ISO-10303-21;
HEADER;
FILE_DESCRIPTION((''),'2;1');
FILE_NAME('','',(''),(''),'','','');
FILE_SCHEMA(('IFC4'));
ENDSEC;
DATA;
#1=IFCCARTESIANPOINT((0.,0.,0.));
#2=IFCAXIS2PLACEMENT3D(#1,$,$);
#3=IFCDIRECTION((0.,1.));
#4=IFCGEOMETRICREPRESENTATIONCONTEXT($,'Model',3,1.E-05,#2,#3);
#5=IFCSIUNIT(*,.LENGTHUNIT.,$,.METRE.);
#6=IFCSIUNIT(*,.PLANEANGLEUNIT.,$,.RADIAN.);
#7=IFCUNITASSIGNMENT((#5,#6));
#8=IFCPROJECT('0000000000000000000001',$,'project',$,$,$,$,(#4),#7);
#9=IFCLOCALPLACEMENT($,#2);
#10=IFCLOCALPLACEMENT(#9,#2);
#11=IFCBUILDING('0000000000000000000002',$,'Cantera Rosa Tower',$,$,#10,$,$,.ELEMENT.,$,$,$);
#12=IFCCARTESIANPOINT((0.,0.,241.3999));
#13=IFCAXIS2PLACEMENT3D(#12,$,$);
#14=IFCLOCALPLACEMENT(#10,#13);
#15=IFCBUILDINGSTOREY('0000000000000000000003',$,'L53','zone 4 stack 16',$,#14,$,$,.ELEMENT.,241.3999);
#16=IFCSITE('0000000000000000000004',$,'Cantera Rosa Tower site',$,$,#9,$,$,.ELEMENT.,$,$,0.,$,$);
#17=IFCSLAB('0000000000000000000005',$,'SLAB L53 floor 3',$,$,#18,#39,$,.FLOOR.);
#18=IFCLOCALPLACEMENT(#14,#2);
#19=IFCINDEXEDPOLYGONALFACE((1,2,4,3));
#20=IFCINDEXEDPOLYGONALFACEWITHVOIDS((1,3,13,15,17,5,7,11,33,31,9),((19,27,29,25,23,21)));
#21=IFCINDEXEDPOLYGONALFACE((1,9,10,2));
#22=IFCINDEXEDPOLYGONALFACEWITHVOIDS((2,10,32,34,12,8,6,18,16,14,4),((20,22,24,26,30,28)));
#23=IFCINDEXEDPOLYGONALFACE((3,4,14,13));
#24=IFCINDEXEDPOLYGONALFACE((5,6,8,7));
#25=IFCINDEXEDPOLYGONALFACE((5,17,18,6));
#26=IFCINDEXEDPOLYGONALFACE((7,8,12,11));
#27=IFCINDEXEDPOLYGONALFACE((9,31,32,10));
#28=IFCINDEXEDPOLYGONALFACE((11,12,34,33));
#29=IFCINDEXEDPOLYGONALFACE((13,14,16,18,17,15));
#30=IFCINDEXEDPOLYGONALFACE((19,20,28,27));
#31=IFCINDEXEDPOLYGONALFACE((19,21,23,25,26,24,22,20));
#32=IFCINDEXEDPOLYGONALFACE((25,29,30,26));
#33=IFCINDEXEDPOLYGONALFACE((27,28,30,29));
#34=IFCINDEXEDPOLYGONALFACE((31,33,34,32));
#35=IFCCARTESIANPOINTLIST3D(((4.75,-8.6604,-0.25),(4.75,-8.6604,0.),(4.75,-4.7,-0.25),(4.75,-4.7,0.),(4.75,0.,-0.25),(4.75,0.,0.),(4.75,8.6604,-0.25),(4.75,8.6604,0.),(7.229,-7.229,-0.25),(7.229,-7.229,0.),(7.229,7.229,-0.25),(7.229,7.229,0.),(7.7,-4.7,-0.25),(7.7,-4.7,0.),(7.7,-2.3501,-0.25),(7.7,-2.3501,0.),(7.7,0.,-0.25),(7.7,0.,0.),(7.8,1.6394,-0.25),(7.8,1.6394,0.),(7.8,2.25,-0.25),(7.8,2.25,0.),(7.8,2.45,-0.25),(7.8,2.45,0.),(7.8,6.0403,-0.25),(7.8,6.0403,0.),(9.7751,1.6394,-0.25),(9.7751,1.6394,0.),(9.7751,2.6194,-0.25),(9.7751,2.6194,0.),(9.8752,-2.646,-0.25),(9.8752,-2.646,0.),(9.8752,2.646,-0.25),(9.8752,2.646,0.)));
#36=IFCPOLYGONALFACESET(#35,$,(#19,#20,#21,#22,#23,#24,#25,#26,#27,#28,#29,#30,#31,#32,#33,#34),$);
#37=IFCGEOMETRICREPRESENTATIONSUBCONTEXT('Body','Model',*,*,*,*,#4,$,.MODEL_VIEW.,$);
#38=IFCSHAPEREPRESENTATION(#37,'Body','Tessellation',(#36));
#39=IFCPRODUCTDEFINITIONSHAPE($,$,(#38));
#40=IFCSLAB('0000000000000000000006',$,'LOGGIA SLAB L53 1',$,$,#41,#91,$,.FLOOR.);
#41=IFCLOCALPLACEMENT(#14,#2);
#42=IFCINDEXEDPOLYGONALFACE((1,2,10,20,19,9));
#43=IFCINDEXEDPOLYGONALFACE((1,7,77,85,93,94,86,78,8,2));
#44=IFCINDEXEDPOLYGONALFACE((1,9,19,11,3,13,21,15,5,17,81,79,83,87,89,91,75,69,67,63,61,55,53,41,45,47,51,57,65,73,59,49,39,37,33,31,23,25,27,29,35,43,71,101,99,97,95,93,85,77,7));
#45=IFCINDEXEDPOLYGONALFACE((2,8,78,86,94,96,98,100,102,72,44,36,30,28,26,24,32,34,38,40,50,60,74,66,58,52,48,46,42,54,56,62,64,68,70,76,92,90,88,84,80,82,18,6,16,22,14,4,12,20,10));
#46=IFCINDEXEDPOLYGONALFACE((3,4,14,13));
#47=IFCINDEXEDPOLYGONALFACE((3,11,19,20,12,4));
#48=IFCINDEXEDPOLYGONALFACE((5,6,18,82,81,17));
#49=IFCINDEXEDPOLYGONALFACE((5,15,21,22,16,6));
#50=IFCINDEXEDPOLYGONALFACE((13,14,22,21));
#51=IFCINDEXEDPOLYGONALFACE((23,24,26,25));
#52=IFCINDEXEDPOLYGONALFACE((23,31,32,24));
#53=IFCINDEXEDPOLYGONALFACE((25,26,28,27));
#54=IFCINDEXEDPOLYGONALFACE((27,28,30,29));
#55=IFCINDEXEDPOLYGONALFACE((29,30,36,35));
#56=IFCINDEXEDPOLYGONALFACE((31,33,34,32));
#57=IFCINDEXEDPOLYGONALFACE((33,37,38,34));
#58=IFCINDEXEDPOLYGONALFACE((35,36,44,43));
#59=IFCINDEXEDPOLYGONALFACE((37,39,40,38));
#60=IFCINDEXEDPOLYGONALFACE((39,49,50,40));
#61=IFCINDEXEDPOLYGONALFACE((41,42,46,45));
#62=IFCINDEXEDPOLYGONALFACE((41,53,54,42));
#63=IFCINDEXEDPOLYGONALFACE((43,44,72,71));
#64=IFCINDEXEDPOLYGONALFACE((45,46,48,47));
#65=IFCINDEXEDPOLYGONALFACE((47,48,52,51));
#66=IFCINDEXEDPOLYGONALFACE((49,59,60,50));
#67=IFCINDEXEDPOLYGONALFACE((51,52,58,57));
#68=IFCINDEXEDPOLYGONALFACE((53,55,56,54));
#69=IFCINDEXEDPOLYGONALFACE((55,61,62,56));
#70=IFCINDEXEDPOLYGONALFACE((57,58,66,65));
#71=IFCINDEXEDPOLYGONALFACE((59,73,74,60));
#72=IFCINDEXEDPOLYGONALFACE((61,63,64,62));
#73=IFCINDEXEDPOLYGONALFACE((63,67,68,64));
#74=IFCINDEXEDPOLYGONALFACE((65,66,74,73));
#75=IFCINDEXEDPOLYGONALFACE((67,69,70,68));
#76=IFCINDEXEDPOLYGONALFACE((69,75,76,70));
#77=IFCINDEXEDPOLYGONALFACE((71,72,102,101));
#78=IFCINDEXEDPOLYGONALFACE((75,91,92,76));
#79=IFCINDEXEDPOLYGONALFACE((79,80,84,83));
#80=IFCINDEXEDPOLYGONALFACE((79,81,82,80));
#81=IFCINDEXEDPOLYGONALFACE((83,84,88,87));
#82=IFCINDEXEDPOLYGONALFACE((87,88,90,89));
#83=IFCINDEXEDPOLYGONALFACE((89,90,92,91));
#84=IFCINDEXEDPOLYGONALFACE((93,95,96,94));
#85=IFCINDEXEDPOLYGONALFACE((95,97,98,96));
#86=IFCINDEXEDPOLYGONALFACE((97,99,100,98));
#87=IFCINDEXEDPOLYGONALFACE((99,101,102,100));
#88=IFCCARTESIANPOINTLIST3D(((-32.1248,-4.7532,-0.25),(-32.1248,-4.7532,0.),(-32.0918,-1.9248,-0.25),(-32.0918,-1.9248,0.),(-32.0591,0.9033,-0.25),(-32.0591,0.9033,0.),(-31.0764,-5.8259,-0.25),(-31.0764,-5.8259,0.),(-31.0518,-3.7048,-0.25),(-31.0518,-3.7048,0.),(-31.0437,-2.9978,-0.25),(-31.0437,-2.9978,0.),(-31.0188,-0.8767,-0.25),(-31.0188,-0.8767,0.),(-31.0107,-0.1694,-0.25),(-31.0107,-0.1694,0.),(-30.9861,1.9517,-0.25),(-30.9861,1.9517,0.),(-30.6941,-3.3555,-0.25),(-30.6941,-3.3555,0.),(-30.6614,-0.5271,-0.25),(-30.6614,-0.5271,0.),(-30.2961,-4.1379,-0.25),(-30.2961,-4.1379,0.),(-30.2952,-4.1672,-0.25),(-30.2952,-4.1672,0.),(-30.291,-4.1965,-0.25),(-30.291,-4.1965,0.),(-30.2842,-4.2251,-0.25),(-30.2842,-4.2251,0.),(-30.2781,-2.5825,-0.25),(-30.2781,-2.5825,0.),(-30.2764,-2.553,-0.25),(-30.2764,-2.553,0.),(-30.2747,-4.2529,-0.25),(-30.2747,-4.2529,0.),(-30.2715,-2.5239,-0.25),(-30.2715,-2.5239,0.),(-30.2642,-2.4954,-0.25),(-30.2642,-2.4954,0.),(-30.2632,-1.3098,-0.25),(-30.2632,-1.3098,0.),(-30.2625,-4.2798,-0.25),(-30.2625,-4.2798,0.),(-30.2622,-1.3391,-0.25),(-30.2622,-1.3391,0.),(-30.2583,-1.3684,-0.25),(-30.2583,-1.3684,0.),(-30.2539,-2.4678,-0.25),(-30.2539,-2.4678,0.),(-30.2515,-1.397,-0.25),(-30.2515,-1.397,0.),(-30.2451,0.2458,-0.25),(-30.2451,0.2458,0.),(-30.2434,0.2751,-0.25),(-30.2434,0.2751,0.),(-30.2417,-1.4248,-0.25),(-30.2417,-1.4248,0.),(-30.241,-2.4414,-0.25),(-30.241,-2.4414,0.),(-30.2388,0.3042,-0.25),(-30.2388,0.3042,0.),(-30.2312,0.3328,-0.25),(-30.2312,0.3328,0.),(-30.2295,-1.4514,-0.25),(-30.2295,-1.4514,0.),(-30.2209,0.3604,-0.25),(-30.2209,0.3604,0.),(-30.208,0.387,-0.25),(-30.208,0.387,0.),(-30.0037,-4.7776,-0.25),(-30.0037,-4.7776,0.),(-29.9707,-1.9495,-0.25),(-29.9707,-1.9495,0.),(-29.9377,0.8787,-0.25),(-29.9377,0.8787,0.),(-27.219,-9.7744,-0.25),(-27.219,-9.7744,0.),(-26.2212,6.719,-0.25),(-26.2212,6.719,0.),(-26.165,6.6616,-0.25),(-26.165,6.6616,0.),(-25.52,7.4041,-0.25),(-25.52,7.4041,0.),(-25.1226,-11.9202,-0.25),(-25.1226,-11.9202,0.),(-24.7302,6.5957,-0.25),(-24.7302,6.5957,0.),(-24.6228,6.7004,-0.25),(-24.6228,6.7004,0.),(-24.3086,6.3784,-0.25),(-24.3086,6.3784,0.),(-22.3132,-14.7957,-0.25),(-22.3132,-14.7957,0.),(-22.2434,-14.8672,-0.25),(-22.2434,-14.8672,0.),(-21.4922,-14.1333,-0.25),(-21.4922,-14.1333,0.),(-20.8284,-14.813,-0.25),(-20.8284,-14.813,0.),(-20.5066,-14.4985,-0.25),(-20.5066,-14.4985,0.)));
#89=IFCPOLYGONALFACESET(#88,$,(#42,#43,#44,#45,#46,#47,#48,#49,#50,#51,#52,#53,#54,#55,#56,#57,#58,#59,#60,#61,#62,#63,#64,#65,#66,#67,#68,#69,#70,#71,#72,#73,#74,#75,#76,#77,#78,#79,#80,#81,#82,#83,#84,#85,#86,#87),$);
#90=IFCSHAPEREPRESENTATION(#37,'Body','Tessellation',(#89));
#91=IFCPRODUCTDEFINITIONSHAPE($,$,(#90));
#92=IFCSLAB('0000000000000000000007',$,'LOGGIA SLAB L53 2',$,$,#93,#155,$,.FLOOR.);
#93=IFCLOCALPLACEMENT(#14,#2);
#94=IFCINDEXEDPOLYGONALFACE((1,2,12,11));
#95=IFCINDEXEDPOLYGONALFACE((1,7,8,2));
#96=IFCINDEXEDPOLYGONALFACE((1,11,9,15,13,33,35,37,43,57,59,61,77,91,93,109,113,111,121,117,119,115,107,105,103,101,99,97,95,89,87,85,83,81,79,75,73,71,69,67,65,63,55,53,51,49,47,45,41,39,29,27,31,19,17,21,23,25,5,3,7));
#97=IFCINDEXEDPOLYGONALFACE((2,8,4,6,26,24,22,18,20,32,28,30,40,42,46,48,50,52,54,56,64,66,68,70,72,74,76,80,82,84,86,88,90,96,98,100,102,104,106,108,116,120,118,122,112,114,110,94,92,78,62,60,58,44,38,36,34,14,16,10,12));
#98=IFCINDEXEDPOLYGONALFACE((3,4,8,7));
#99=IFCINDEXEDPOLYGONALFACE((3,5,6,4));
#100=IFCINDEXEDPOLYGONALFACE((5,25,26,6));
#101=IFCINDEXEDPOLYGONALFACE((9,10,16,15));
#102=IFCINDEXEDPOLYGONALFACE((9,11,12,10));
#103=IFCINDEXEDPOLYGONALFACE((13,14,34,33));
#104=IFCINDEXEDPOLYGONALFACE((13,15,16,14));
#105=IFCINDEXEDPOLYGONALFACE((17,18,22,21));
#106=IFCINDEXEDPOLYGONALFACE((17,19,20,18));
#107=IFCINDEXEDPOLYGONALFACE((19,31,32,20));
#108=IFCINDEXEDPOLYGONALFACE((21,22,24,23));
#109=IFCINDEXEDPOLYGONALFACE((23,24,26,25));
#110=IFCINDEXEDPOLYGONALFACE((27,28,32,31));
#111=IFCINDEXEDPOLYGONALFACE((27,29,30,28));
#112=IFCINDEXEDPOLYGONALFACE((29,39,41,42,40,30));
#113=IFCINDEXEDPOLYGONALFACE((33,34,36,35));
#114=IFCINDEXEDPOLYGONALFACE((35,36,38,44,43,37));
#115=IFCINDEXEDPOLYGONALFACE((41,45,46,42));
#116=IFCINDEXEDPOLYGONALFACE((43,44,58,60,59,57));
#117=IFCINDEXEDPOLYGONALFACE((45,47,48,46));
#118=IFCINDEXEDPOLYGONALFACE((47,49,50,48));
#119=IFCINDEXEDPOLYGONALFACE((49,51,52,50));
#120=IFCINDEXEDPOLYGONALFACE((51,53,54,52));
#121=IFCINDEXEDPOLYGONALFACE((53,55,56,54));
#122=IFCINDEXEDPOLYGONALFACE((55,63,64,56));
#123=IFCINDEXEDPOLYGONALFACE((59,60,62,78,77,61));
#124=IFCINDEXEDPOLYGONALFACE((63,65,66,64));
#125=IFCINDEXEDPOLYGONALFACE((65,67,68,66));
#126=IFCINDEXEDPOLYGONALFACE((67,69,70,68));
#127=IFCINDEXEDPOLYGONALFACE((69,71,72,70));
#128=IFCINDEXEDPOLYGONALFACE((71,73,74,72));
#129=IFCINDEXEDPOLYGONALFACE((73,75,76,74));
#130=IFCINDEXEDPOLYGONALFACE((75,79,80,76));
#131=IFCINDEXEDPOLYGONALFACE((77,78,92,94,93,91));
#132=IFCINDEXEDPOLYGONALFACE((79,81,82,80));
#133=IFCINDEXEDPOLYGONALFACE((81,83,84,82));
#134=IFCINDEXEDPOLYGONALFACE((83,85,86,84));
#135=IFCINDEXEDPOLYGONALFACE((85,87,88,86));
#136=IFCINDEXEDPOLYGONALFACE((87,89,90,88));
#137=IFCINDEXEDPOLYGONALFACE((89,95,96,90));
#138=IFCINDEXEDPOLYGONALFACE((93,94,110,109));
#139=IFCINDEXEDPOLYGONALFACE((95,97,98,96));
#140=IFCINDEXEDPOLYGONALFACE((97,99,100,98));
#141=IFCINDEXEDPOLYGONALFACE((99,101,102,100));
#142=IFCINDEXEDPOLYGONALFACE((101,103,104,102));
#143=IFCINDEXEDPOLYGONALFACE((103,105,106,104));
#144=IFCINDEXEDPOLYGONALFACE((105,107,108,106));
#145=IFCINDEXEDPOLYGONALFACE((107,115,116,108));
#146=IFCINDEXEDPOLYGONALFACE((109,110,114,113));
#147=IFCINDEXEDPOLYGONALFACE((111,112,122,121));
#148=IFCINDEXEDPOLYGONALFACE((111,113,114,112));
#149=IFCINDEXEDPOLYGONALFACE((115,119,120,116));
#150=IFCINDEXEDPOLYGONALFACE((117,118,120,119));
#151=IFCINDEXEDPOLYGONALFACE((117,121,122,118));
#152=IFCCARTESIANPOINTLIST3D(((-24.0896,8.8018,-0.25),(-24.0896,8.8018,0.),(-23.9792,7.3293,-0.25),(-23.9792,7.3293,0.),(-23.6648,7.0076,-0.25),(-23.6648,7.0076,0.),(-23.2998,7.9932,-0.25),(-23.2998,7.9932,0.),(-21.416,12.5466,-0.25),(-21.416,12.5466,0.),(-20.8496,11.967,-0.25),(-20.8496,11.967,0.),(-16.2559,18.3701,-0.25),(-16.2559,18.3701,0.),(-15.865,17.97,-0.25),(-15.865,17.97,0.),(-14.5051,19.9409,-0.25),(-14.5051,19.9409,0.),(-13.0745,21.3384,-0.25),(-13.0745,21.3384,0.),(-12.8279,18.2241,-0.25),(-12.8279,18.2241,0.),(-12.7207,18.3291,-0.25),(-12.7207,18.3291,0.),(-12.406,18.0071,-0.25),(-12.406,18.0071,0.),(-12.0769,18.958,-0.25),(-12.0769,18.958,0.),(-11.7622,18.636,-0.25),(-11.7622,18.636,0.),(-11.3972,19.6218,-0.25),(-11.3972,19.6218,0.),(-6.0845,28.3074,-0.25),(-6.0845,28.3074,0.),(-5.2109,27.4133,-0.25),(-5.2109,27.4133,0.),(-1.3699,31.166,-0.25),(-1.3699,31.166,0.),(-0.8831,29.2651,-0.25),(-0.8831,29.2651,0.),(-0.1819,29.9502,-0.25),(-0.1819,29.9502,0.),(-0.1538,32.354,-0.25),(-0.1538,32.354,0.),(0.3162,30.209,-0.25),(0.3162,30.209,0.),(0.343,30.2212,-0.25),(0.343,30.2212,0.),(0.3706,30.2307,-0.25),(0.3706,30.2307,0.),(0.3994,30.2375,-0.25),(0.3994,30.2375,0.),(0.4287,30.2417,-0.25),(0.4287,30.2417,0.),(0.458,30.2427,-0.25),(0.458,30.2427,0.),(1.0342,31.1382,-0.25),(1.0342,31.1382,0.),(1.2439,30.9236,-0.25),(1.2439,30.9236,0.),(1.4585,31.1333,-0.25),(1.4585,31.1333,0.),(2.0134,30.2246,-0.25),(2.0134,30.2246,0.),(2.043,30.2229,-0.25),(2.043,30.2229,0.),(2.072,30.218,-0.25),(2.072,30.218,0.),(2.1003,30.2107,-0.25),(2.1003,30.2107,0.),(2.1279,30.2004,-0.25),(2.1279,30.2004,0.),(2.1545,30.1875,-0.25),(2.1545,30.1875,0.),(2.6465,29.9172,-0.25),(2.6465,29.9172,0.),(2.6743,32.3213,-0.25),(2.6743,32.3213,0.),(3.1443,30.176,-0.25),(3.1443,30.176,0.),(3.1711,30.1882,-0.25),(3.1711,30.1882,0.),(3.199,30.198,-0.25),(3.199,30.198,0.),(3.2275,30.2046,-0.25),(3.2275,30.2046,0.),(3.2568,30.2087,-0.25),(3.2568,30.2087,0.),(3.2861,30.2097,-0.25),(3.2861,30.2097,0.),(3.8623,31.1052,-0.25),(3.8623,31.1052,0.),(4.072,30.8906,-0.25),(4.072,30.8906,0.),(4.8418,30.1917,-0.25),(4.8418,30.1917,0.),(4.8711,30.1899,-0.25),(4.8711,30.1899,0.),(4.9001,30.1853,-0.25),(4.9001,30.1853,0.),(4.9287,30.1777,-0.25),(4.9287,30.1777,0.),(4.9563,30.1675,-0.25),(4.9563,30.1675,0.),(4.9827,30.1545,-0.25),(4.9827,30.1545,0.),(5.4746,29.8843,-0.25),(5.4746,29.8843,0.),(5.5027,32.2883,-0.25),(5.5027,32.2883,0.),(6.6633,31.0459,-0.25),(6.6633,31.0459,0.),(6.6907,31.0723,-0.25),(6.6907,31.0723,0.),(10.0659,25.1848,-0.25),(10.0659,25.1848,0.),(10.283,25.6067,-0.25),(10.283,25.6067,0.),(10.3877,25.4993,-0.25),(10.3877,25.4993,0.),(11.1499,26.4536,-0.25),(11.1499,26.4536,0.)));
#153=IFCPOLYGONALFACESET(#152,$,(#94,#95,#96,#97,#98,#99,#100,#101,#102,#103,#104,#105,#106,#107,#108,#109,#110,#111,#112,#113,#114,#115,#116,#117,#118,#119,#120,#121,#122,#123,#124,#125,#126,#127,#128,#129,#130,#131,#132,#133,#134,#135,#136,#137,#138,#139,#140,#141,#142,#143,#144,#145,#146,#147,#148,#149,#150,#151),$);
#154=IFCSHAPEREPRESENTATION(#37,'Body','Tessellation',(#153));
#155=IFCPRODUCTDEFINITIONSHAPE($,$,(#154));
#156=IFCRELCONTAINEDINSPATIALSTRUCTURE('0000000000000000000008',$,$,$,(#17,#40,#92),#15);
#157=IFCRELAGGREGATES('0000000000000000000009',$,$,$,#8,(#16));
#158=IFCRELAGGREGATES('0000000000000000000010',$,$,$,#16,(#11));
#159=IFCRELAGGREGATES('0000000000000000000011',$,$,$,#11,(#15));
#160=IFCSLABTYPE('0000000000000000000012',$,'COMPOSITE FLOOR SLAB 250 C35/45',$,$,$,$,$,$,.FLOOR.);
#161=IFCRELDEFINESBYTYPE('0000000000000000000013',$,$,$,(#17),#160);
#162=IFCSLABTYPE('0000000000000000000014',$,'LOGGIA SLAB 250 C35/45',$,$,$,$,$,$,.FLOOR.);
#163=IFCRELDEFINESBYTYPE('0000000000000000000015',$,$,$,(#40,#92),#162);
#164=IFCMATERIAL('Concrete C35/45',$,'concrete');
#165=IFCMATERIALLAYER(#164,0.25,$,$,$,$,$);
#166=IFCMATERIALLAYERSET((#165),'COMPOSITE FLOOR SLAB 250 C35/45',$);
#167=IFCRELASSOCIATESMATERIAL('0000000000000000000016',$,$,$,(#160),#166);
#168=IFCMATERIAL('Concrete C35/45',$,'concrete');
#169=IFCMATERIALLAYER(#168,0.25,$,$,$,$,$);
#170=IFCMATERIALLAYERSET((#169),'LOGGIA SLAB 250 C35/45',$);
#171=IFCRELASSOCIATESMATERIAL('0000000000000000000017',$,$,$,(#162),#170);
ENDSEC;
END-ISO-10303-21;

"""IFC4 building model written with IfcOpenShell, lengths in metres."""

from ifc_helpers import new_model, si_unit, direction, frame, origin, place, context, subcontext, project, spatial, polyline, outline, extrude, material, layer, layer_set, type_object, element, save


model = new_model("IFC4")

# Units and contexts
model_context = context("Model", 3, precision=1e-05, world=origin(), true_north=direction((0.0, 1.0)))
body_context = subcontext(model_context, "Body", "Model", "MODEL_VIEW")
ifc_project = project(units=[si_unit("LENGTHUNIT", "METRE"), si_unit("PLANEANGLEUNIT", "RADIAN")], contexts=[model_context])

# Site, building, storey
site_placement = place(None, origin())
site = spatial("IfcSite", under=ifc_project, at=site_placement, Name="Cantera Rosa Tower site", CompositionType="ELEMENT", RefElevation=0.0)
building_placement = place(site_placement, origin())
building = spatial("IfcBuilding", under=site, at=building_placement, Name="Cantera Rosa Tower", CompositionType="ELEMENT")
storey_placement = place(building_placement, frame((0.0, 0.0, 241.3999)))
storey = spatial("IfcBuildingStorey", under=building, at=storey_placement, Name="L53", Description="zone 4 stack 16", CompositionType="ELEMENT", Elevation=241.3999)

# Slabs
ifc_material_1 = material(Name="Concrete C35/45", Category="concrete")
ifc_layer_1 = layer(ifc_material_1, 0.25)
ifc_layer_set_1 = layer_set([ifc_layer_1], Name="COMPOSITE FLOOR SLAB 250 C35/45")
slab_type_1 = type_object("IfcSlabType", Name="COMPOSITE FLOOR SLAB 250 C35/45", PredefinedType="FLOOR", material=ifc_layer_set_1)
slab_1_placement = place(storey_placement, frame((0.0, 0.0, -0.25)))
element("IfcSlab", 1, at=slab_1_placement, inside=storey, type_object=slab_type_1, Name="SLAB L53 floor 3", PredefinedType="FLOOR", context=body_context, shape_type="SweptSolid", body=[
    extrude(outline(polyline([(7.7, -2.3501), (7.7, 0.0), (4.75, 0.0), (4.75, 8.6604), (7.229, 7.229), (9.8752, 2.646), (9.8752, -2.646), (7.229, -7.229), (4.75, -8.6604), (4.75, -4.7), (7.7, -4.7), (7.7, -2.3501)]), holes=[polyline([(9.7751, 2.6194), (7.8, 6.0403), (7.8, 2.45), (7.8, 2.25), (7.8, 1.6394), (9.7751, 1.6394), (9.7751, 2.6194)])]), origin(), (0.0, 0.0, 1.0), 0.25),
])
ifc_material_2 = material(Name="Concrete C35/45", Category="concrete")
ifc_layer_2 = layer(ifc_material_2, 0.25)
ifc_layer_set_2 = layer_set([ifc_layer_2], Name="LOGGIA SLAB 250 C35/45")
slab_type_2 = type_object("IfcSlabType", Name="LOGGIA SLAB 250 C35/45", PredefinedType="FLOOR", material=ifc_layer_set_2)
slab_2_placement = place(storey_placement, frame((0.0, 0.0, -0.25)))
element("IfcSlab", 2, at=slab_2_placement, inside=storey, type_object=slab_type_2, Name="LOGGIA SLAB L53 1", PredefinedType="FLOOR", context=body_context, shape_type="SweptSolid", body=[
    extrude(outline(polyline([(-27.219, -9.7744), (-31.0764, -5.8259), (-32.1248, -4.7532), (-31.0518, -3.7048), (-30.6941, -3.3555), (-31.0437, -2.9978), (-32.0918, -1.9248), (-31.0188, -0.8767), (-30.6614, -0.5271), (-31.0107, -0.1694), (-32.0591, 0.9033), (-30.9861, 1.9517), (-26.165, 6.6616), (-26.2212, 6.719), (-25.52, 7.4041), (-24.7302, 6.5957), (-24.6228, 6.7004), (-24.3086, 6.3784), (-29.9377, 0.8787), (-30.208, 0.387), (-30.2209, 0.3604), (-30.2312, 0.3328), (-30.2388, 0.3042), (-30.2434, 0.2751), (-30.2451, 0.2458), (-30.2632, -1.3098), (-30.2622, -1.3391), (-30.2583, -1.3684), (-30.2515, -1.397), (-30.2417, -1.4248), (-30.2295, -1.4514), (-29.9707, -1.9495), (-30.241, -2.4414), (-30.2539, -2.4678), (-30.2642, -2.4954), (-30.2715, -2.5239), (-30.2764, -2.553), (-30.2781, -2.5825), (-30.2961, -4.1379), (-30.2952, -4.1672), (-30.291, -4.1965), (-30.2842, -4.2251), (-30.2747, -4.2529), (-30.2625, -4.2798), (-30.0037, -4.7776), (-20.5066, -14.4985), (-20.8284, -14.813), (-21.4922, -14.1333), (-22.2434, -14.8672), (-22.3132, -14.7957), (-25.1226, -11.9202), (-27.219, -9.7744)])), origin(), (0.0, 0.0, 1.0), 0.25),
])
slab_3_placement = place(storey_placement, frame((0.0, 0.0, -0.25)))
element("IfcSlab", 3, at=slab_3_placement, inside=storey, type_object=slab_type_2, Name="LOGGIA SLAB L53 2", PredefinedType="FLOOR", context=body_context, shape_type="SweptSolid", body=[
    extrude(outline(polyline([(-15.865, 17.97), (-16.2559, 18.3701), (-6.0845, 28.3074), (-5.2109, 27.4133), (-1.3699, 31.166), (-0.1538, 32.354), (1.0342, 31.1382), (1.2439, 30.9236), (1.4585, 31.1333), (2.6743, 32.3213), (3.8623, 31.1052), (4.072, 30.8906), (5.5027, 32.2883), (6.6907, 31.0723), (6.6633, 31.0459), (11.1499, 26.4536), (10.283, 25.6067), (10.3877, 25.4993), (10.0659, 25.1848), (5.4746, 29.8843), (4.9827, 30.1545), (4.9563, 30.1675), (4.9287, 30.1777), (4.9001, 30.1853), (4.8711, 30.1899), (4.8418, 30.1917), (3.2861, 30.2097), (3.2568, 30.2087), (3.2275, 30.2046), (3.199, 30.198), (3.1711, 30.1882), (3.1443, 30.176), (2.6465, 29.9172), (2.1545, 30.1875), (2.1279, 30.2004), (2.1003, 30.2107), (2.072, 30.218), (2.043, 30.2229), (2.0134, 30.2246), (0.458, 30.2427), (0.4287, 30.2417), (0.3994, 30.2375), (0.3706, 30.2307), (0.343, 30.2212), (0.3162, 30.209), (-0.1819, 29.9502), (-0.8831, 29.2651), (-11.7622, 18.636), (-12.0769, 18.958), (-11.3972, 19.6218), (-13.0745, 21.3384), (-14.5051, 19.9409), (-12.8279, 18.2241), (-12.7207, 18.3291), (-12.406, 18.0071), (-23.6648, 7.0076), (-23.9792, 7.3293), (-23.2998, 7.9932), (-24.0896, 8.8018), (-20.8496, 11.967), (-21.416, 12.5466), (-15.865, 17.97)])), origin(), (0.0, 0.0, 1.0), 0.25),
])

save(model, "model.ifc")
